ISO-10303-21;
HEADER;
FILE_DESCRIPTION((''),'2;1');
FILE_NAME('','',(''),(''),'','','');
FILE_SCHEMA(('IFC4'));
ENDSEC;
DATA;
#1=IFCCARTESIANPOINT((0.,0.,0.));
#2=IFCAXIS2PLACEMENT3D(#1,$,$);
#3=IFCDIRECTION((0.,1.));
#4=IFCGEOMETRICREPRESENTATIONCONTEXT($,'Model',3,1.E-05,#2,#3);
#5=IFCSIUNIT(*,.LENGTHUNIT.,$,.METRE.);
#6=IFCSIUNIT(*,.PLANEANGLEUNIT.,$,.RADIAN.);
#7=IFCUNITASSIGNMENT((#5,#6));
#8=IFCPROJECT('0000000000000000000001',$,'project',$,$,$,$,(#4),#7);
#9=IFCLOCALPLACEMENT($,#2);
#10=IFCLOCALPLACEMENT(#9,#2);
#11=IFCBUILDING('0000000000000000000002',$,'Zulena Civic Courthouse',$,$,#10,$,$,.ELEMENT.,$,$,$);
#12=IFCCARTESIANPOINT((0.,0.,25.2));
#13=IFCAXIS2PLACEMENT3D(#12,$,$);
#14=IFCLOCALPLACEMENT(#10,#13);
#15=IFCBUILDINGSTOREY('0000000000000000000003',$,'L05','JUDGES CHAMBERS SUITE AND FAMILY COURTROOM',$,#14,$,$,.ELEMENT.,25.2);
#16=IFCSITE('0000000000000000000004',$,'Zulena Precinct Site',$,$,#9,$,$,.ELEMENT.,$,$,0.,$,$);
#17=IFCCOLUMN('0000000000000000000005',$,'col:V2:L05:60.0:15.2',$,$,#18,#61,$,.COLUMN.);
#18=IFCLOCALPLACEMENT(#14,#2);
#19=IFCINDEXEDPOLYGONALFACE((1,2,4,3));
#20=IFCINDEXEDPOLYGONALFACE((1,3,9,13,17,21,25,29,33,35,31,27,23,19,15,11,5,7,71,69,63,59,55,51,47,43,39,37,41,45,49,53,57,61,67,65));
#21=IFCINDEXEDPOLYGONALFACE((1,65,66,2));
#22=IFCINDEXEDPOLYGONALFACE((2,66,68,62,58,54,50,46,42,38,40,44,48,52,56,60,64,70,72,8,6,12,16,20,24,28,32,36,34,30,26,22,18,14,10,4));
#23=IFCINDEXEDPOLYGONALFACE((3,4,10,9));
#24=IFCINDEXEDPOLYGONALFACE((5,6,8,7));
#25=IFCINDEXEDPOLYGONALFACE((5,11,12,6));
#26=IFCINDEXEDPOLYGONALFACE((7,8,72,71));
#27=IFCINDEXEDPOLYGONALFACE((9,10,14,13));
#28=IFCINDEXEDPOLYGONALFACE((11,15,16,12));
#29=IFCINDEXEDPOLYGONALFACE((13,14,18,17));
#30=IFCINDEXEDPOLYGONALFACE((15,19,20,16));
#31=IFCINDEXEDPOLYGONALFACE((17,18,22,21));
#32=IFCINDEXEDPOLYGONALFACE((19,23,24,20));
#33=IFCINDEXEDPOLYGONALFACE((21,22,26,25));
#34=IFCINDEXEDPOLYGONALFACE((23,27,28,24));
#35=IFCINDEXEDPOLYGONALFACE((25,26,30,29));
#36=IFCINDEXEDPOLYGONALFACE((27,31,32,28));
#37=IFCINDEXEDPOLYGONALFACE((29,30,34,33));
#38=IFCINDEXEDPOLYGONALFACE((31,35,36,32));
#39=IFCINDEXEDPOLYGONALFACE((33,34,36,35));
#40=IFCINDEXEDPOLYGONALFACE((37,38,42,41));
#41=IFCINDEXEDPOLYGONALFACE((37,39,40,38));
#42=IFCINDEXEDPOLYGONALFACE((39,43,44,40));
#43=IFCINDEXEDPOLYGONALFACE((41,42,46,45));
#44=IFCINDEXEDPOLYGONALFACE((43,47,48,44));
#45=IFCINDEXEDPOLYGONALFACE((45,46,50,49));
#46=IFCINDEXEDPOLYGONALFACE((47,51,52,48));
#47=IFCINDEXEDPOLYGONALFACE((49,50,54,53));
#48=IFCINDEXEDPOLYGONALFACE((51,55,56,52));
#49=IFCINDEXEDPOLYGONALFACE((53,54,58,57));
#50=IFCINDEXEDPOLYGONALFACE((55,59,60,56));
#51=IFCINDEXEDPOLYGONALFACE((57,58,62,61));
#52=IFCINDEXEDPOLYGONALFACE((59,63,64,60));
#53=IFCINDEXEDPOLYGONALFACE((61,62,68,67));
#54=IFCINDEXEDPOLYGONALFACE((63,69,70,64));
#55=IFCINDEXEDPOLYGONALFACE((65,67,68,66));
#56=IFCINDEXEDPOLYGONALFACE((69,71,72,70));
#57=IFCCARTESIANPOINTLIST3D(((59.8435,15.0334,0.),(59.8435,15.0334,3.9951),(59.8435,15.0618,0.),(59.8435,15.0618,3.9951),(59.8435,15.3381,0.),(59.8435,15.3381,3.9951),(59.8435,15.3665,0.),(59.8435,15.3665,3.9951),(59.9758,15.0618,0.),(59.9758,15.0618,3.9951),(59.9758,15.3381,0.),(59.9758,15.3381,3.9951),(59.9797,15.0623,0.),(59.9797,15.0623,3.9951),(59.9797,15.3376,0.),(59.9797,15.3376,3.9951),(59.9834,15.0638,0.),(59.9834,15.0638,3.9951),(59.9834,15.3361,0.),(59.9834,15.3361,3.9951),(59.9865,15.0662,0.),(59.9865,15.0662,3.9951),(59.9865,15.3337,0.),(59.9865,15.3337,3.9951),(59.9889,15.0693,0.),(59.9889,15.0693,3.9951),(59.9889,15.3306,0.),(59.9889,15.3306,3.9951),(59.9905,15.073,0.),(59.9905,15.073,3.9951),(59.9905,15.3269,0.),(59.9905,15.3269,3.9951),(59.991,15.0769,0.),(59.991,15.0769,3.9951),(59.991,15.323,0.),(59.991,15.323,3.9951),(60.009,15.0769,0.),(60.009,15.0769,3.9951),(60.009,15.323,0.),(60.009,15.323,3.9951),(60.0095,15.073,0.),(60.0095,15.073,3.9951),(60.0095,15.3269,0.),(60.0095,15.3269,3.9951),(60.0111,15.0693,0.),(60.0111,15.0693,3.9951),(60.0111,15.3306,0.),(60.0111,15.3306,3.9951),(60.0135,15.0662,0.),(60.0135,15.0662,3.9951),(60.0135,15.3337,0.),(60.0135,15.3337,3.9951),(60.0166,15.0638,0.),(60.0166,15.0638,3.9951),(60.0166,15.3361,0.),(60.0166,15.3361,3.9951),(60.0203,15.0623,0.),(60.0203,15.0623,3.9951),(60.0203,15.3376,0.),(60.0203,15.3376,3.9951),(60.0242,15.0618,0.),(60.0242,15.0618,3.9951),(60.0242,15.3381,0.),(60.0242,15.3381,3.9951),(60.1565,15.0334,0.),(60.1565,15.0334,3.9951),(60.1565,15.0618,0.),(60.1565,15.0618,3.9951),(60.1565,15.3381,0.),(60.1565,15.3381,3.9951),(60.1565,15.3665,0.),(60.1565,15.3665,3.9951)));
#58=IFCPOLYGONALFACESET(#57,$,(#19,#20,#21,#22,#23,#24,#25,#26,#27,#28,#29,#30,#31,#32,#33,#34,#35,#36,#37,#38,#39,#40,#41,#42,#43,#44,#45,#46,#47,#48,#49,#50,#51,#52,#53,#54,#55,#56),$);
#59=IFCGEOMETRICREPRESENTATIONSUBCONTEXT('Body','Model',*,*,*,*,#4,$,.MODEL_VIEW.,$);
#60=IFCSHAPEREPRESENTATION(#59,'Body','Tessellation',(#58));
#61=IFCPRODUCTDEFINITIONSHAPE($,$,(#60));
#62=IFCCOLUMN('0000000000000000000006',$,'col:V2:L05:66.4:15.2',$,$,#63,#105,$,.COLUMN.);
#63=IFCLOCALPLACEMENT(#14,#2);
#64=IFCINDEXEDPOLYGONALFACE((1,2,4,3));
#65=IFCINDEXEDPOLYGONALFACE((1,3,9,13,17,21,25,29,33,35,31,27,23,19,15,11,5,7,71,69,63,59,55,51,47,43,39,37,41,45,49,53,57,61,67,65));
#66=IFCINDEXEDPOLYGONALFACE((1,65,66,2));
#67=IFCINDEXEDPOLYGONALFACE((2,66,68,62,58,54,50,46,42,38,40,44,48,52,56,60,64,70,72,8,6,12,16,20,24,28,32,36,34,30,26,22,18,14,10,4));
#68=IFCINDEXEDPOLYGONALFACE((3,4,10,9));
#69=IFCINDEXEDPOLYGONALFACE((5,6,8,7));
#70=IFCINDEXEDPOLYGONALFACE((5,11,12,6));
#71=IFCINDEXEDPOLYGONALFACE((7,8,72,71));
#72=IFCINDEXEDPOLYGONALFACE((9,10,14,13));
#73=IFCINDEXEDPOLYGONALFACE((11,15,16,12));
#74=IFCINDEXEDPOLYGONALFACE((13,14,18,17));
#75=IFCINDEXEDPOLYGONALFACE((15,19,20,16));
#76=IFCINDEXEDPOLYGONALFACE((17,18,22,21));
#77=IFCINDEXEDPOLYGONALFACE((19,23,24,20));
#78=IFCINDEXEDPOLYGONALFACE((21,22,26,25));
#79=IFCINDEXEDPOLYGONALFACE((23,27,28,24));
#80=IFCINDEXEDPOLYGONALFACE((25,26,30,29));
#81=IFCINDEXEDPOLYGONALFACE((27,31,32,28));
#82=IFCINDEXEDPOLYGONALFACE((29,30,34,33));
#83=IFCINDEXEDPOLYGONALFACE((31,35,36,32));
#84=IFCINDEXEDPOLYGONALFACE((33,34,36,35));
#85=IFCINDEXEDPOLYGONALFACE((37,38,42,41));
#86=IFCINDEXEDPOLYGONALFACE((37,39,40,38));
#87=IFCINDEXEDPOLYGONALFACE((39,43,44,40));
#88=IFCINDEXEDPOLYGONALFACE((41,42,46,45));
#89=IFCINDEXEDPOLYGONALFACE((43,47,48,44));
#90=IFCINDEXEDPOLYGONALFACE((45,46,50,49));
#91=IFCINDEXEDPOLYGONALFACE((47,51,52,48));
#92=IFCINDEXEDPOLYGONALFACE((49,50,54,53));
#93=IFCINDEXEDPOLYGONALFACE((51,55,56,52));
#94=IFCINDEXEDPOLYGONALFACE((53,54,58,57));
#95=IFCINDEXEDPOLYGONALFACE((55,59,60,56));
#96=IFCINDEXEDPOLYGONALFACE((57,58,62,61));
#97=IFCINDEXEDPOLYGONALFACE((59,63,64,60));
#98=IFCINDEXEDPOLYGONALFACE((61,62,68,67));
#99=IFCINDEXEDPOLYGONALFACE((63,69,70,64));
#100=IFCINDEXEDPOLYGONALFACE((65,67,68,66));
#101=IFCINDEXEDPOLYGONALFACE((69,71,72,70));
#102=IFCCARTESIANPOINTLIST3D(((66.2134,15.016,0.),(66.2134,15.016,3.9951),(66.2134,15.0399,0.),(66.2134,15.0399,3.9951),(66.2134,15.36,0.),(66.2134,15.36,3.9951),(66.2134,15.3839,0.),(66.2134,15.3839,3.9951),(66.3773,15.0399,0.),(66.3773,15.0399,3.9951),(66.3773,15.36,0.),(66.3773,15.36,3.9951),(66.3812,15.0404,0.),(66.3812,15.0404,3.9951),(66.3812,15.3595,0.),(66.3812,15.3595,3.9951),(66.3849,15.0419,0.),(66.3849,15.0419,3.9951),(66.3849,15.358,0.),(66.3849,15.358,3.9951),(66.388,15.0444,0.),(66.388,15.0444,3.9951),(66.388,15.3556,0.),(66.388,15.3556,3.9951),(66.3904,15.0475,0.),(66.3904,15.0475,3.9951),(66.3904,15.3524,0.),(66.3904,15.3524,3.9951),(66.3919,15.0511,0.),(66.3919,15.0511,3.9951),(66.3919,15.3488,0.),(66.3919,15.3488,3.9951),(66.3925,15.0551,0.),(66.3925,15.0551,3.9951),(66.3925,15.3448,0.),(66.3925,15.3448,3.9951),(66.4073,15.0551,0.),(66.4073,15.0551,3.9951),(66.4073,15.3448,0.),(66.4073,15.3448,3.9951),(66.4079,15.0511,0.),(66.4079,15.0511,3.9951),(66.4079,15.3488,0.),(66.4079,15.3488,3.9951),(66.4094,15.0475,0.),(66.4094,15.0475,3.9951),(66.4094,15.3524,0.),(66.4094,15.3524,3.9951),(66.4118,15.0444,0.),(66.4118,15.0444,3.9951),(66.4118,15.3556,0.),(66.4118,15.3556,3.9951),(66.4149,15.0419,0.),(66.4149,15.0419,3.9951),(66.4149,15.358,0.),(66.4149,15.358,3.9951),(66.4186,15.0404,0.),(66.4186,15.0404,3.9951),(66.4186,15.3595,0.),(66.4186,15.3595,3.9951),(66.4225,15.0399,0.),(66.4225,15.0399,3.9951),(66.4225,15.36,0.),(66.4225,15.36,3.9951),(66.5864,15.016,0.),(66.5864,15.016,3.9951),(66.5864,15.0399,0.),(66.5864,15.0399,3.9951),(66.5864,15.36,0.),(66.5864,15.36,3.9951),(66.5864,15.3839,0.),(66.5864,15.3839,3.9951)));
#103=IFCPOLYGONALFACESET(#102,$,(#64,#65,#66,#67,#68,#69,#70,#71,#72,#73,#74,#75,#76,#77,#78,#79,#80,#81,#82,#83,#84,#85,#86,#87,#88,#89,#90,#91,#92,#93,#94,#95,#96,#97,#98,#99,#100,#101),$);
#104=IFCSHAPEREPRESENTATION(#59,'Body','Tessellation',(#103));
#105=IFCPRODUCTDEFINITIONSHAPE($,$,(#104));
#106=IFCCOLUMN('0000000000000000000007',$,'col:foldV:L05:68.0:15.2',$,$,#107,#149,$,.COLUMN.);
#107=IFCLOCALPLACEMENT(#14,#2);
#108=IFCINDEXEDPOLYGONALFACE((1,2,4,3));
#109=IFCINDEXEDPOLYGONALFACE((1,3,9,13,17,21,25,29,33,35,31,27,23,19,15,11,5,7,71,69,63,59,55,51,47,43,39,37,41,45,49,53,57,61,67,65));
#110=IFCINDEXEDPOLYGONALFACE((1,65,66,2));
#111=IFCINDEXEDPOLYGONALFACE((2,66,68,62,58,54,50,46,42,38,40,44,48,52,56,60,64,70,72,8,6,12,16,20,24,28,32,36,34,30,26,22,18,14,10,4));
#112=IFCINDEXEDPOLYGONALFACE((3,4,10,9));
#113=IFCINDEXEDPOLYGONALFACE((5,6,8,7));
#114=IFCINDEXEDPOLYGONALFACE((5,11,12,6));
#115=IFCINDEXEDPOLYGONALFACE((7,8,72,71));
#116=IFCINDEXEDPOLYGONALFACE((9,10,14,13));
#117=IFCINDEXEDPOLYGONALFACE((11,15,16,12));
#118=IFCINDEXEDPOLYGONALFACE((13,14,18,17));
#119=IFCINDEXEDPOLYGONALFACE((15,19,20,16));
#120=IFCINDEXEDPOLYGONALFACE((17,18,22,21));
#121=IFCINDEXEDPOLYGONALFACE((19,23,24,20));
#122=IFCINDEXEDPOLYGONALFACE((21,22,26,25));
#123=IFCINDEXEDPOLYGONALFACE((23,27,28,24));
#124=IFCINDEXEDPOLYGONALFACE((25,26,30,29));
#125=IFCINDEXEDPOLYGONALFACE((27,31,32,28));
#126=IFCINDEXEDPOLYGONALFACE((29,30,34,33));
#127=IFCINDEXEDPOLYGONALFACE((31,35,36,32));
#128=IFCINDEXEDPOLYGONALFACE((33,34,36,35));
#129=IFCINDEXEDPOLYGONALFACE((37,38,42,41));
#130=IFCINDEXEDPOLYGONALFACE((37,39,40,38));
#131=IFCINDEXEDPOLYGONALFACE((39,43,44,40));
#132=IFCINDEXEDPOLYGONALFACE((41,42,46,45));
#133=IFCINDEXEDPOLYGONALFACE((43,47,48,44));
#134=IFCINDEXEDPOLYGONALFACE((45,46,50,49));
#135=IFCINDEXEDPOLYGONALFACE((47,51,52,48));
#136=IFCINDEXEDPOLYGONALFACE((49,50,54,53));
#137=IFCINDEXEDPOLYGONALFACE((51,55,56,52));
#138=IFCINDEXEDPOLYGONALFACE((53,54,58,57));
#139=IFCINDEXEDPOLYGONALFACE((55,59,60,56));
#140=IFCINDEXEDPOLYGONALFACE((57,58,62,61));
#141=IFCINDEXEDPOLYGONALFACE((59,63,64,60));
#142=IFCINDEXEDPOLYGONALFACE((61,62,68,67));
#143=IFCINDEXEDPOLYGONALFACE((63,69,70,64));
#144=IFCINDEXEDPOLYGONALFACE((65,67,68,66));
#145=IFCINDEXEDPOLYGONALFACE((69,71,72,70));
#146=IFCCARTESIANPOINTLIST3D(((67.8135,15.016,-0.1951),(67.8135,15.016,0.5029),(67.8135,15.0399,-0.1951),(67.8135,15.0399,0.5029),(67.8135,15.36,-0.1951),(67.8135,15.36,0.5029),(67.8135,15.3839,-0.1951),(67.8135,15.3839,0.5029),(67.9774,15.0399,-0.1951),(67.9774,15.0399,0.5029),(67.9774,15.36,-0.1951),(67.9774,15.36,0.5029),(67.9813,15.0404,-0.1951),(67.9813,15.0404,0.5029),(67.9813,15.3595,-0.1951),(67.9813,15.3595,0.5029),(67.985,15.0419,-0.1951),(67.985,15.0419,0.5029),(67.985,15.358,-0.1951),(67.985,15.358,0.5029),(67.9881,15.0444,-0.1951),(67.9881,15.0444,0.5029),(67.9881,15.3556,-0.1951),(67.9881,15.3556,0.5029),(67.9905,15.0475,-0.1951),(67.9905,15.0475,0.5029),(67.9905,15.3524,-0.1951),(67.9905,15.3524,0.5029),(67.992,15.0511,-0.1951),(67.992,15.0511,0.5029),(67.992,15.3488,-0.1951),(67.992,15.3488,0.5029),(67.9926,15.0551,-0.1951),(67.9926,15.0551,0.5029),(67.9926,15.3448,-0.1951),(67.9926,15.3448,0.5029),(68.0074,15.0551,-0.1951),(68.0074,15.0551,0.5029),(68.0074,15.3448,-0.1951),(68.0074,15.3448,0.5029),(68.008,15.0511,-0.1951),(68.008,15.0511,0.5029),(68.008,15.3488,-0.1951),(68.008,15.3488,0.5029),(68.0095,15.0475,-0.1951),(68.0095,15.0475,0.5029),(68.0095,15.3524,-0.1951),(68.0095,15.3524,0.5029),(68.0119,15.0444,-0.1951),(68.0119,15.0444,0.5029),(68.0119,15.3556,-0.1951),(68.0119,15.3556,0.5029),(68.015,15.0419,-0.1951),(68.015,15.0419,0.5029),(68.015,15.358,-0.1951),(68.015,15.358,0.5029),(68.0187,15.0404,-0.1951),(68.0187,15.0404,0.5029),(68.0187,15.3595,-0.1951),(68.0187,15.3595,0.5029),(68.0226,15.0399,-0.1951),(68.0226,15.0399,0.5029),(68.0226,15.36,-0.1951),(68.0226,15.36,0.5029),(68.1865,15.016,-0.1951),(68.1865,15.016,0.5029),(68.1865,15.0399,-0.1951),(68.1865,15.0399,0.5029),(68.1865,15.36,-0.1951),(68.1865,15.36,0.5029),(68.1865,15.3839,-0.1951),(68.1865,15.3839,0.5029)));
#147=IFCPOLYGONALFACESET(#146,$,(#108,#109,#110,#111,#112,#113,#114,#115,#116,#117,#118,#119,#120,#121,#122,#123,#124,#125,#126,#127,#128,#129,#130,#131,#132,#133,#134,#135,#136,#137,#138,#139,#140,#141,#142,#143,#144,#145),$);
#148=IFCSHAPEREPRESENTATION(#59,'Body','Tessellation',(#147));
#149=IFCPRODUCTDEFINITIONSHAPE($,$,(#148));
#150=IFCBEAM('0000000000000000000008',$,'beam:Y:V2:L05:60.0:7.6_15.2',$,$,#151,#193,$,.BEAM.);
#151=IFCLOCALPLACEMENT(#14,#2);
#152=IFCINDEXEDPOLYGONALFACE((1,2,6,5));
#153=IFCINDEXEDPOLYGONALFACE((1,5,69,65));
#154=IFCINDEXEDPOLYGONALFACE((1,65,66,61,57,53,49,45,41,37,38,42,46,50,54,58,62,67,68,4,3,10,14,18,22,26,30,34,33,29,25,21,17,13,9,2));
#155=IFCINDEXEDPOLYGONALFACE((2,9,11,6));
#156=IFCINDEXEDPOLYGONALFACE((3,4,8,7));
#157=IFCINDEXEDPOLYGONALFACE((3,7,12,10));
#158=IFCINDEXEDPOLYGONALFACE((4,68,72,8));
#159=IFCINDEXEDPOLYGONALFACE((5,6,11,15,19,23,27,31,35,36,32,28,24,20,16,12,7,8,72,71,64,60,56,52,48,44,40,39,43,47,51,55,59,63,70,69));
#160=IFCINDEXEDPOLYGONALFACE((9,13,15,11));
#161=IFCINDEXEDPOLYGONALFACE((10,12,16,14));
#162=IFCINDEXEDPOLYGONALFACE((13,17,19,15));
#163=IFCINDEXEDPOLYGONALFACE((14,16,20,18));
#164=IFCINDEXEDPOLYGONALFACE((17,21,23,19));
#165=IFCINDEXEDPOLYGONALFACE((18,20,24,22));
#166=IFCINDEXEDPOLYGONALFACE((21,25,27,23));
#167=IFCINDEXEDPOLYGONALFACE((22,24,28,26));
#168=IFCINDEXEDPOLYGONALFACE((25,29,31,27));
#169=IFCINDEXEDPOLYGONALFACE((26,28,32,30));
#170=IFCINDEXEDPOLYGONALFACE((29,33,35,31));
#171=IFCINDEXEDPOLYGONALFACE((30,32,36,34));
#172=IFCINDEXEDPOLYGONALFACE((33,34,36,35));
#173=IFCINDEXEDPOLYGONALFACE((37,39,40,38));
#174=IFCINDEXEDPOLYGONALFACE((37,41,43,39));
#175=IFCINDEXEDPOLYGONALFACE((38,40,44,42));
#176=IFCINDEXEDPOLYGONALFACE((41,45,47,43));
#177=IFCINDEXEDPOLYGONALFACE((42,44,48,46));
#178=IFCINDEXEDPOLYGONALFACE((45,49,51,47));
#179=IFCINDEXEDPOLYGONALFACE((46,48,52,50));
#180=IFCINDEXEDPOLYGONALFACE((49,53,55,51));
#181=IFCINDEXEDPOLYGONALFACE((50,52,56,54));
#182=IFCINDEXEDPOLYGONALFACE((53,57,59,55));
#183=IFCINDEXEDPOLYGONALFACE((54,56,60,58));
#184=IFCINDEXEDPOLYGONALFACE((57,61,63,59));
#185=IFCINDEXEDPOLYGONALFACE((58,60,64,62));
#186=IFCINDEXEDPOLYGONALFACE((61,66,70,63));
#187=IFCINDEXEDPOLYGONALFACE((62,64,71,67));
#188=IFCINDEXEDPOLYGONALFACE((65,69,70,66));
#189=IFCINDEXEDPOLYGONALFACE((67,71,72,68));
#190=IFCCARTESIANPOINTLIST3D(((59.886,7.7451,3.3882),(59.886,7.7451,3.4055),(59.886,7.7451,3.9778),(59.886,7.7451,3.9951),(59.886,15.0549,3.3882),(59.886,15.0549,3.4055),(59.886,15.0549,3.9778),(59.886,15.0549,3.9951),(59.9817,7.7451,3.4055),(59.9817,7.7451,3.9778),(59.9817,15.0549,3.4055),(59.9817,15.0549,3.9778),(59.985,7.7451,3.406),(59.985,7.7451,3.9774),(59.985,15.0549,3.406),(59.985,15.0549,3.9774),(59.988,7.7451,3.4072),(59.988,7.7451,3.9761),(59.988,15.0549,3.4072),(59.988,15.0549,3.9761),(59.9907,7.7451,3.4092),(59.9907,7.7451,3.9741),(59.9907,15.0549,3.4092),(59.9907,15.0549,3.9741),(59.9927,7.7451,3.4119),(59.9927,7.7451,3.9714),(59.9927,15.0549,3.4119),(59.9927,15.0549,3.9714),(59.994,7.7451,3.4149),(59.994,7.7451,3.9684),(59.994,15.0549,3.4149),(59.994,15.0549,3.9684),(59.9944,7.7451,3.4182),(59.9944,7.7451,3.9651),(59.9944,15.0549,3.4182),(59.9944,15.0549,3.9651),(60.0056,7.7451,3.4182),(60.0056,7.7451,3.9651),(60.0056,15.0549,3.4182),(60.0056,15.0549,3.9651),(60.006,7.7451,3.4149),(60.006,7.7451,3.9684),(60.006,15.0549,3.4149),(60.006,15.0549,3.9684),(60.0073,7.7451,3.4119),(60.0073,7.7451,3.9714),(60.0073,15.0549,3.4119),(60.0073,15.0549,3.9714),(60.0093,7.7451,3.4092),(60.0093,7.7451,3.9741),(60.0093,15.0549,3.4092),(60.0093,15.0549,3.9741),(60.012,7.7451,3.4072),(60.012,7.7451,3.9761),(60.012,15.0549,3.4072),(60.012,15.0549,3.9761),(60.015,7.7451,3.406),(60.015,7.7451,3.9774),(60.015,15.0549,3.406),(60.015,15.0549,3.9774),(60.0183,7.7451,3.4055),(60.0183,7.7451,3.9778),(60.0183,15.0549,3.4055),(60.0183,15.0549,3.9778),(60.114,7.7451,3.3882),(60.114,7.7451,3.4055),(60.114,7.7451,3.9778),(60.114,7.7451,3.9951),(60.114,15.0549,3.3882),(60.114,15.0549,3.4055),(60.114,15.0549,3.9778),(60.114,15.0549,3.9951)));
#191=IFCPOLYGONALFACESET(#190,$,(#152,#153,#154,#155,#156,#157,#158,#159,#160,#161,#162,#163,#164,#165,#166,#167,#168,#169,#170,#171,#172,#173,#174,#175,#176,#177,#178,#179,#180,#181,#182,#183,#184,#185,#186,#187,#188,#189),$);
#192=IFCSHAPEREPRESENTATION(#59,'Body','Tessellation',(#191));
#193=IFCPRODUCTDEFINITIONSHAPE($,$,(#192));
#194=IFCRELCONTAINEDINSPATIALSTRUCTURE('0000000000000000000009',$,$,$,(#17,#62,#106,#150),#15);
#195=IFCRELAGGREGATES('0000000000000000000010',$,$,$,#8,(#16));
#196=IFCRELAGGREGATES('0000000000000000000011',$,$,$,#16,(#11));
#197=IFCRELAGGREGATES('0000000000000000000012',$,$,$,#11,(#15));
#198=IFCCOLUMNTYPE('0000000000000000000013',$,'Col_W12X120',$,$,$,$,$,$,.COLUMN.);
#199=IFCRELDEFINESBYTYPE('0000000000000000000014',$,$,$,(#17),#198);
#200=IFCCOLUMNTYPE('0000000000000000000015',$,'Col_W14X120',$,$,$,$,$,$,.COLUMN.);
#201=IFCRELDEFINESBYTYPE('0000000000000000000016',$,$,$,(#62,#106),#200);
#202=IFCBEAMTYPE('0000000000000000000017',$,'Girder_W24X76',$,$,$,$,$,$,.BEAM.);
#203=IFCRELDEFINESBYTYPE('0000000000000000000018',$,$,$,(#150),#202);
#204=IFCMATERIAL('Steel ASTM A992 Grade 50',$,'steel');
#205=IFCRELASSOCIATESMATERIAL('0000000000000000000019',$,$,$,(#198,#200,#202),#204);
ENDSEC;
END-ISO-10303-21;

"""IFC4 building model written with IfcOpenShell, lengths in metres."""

from ifc_helpers import new_model, si_unit, direction, frame, origin, origin_2d, place, context, subcontext, project, spatial, i_section, extrude, material, material_profile, profile_set, type_object, element, save


model = new_model("IFC4")

# Units and contexts
model_context = context("Model", 3, precision=1e-05, world=origin(), true_north=direction((0.0, 1.0)))
body_context = subcontext(model_context, "Body", "Model", "MODEL_VIEW")
ifc_project = project(units=[si_unit("LENGTHUNIT", "METRE"), si_unit("PLANEANGLEUNIT", "RADIAN")], contexts=[model_context])

# Site, building, storey
site_placement = place(None, origin())
site = spatial("IfcSite", under=ifc_project, at=site_placement, Name="Zulena Precinct Site", CompositionType="ELEMENT", RefElevation=0.0)
building_placement = place(site_placement, origin())
building = spatial("IfcBuilding", under=site, at=building_placement, Name="Zulena Civic Courthouse", CompositionType="ELEMENT")
storey_placement = place(building_placement, frame((0.0, 0.0, 25.2)))
storey = spatial("IfcBuildingStorey", under=building, at=storey_placement, Name="L05", Description="JUDGES CHAMBERS SUITE AND FAMILY COURTROOM", CompositionType="ELEMENT", Elevation=25.2)

# Columns
ifc_material_1 = material(Name="Steel ASTM A992 Grade 50", Category="steel")
ifc_material_profile_1 = material_profile(ifc_material_1, i_section(OverallWidth=0.313, OverallDepth=0.333, WebThickness=0.0181, FlangeThickness=0.0283, FilletRadius=0.0151, at=origin_2d()), Name="W12X120")
ifc_profile_set_1 = profile_set([ifc_material_profile_1], Name="Steel ASTM A992 Grade 50")
column_type_1 = type_object("IfcColumnType", Name="Col_W12X120", PredefinedType="COLUMN", material=ifc_profile_set_1)
column_1_placement = place(storey_placement, frame((60.0, 15.2, 0.0), z_axis=(0.0, 0.0, 1.0), x_axis=(1.0, 0.0, 0.0)))
element("IfcColumn", 1, at=column_1_placement, inside=storey, type_object=column_type_1, Name="col:V2:L05:60.0:15.2", PredefinedType="COLUMN", context=body_context, shape_type="SweptSolid", body=[
    extrude(i_section(OverallWidth=0.313, OverallDepth=0.333, WebThickness=0.0181, FlangeThickness=0.0283, FilletRadius=0.0151, at=origin_2d()), origin(), (0.0, 0.0, 1.0), 3.9951),
])
ifc_material_profile_2 = material_profile(ifc_material_1, i_section(OverallWidth=0.373, OverallDepth=0.3679, WebThickness=0.0149, FlangeThickness=0.0239, FilletRadius=0.0151, at=origin_2d()), Name="W14X120")
ifc_profile_set_2 = profile_set([ifc_material_profile_2], Name="Steel ASTM A992 Grade 50")
column_type_2 = type_object("IfcColumnType", Name="Col_W14X120", PredefinedType="COLUMN", material=ifc_profile_set_2)
column_2_placement = place(storey_placement, frame((66.3999, 15.2, 0.0), z_axis=(0.0, 0.0, 1.0), x_axis=(1.0, 0.0, 0.0)))
element("IfcColumn", 2, at=column_2_placement, inside=storey, type_object=column_type_2, Name="col:V2:L05:66.4:15.2", PredefinedType="COLUMN", context=body_context, shape_type="SweptSolid", body=[
    extrude(i_section(OverallWidth=0.373, OverallDepth=0.3679, WebThickness=0.0149, FlangeThickness=0.0239, FilletRadius=0.0151, at=origin_2d()), origin(), (0.0, 0.0, 1.0), 3.9951),
])
column_3_placement = place(storey_placement, frame((68.0, 15.2, -0.1951), z_axis=(0.0, 0.0, 1.0), x_axis=(1.0, 0.0, 0.0)))
element("IfcColumn", 3, at=column_3_placement, inside=storey, type_object=column_type_2, Name="col:foldV:L05:68.0:15.2", PredefinedType="COLUMN", context=body_context, shape_type="SweptSolid", body=[
    extrude(i_section(OverallWidth=0.373, OverallDepth=0.3679, WebThickness=0.0149, FlangeThickness=0.0239, FilletRadius=0.0151, at=origin_2d()), origin(), (0.0, 0.0, 1.0), 0.698),
])

# Beam
ifc_material_profile_3 = material_profile(ifc_material_1, i_section(OverallWidth=0.228, OverallDepth=0.6069, WebThickness=0.0112, FlangeThickness=0.0173, FilletRadius=0.0127, at=origin_2d()), Name="W24X76")
ifc_profile_set_3 = profile_set([ifc_material_profile_3], Name="Steel ASTM A992 Grade 50")
beam_type_1 = type_object("IfcBeamType", Name="Girder_W24X76", PredefinedType="BEAM", material=ifc_profile_set_3)
beam_1_placement = place(storey_placement, frame((60.0, 7.7451, 3.6917), z_axis=(0.0, 1.0, 0.0), x_axis=(-1.0, 0.0, 0.0)))
element("IfcBeam", 4, at=beam_1_placement, inside=storey, type_object=beam_type_1, Name="beam:Y:V2:L05:60.0:7.6_15.2", PredefinedType="BEAM", context=body_context, shape_type="SweptSolid", body=[
    extrude(i_section(OverallWidth=0.228, OverallDepth=0.6069, WebThickness=0.0112, FlangeThickness=0.0173, FilletRadius=0.0127, at=origin_2d()), origin(), (0.0, 0.0, 1.0), 7.3098),
])

save(model, "model.ifc")
